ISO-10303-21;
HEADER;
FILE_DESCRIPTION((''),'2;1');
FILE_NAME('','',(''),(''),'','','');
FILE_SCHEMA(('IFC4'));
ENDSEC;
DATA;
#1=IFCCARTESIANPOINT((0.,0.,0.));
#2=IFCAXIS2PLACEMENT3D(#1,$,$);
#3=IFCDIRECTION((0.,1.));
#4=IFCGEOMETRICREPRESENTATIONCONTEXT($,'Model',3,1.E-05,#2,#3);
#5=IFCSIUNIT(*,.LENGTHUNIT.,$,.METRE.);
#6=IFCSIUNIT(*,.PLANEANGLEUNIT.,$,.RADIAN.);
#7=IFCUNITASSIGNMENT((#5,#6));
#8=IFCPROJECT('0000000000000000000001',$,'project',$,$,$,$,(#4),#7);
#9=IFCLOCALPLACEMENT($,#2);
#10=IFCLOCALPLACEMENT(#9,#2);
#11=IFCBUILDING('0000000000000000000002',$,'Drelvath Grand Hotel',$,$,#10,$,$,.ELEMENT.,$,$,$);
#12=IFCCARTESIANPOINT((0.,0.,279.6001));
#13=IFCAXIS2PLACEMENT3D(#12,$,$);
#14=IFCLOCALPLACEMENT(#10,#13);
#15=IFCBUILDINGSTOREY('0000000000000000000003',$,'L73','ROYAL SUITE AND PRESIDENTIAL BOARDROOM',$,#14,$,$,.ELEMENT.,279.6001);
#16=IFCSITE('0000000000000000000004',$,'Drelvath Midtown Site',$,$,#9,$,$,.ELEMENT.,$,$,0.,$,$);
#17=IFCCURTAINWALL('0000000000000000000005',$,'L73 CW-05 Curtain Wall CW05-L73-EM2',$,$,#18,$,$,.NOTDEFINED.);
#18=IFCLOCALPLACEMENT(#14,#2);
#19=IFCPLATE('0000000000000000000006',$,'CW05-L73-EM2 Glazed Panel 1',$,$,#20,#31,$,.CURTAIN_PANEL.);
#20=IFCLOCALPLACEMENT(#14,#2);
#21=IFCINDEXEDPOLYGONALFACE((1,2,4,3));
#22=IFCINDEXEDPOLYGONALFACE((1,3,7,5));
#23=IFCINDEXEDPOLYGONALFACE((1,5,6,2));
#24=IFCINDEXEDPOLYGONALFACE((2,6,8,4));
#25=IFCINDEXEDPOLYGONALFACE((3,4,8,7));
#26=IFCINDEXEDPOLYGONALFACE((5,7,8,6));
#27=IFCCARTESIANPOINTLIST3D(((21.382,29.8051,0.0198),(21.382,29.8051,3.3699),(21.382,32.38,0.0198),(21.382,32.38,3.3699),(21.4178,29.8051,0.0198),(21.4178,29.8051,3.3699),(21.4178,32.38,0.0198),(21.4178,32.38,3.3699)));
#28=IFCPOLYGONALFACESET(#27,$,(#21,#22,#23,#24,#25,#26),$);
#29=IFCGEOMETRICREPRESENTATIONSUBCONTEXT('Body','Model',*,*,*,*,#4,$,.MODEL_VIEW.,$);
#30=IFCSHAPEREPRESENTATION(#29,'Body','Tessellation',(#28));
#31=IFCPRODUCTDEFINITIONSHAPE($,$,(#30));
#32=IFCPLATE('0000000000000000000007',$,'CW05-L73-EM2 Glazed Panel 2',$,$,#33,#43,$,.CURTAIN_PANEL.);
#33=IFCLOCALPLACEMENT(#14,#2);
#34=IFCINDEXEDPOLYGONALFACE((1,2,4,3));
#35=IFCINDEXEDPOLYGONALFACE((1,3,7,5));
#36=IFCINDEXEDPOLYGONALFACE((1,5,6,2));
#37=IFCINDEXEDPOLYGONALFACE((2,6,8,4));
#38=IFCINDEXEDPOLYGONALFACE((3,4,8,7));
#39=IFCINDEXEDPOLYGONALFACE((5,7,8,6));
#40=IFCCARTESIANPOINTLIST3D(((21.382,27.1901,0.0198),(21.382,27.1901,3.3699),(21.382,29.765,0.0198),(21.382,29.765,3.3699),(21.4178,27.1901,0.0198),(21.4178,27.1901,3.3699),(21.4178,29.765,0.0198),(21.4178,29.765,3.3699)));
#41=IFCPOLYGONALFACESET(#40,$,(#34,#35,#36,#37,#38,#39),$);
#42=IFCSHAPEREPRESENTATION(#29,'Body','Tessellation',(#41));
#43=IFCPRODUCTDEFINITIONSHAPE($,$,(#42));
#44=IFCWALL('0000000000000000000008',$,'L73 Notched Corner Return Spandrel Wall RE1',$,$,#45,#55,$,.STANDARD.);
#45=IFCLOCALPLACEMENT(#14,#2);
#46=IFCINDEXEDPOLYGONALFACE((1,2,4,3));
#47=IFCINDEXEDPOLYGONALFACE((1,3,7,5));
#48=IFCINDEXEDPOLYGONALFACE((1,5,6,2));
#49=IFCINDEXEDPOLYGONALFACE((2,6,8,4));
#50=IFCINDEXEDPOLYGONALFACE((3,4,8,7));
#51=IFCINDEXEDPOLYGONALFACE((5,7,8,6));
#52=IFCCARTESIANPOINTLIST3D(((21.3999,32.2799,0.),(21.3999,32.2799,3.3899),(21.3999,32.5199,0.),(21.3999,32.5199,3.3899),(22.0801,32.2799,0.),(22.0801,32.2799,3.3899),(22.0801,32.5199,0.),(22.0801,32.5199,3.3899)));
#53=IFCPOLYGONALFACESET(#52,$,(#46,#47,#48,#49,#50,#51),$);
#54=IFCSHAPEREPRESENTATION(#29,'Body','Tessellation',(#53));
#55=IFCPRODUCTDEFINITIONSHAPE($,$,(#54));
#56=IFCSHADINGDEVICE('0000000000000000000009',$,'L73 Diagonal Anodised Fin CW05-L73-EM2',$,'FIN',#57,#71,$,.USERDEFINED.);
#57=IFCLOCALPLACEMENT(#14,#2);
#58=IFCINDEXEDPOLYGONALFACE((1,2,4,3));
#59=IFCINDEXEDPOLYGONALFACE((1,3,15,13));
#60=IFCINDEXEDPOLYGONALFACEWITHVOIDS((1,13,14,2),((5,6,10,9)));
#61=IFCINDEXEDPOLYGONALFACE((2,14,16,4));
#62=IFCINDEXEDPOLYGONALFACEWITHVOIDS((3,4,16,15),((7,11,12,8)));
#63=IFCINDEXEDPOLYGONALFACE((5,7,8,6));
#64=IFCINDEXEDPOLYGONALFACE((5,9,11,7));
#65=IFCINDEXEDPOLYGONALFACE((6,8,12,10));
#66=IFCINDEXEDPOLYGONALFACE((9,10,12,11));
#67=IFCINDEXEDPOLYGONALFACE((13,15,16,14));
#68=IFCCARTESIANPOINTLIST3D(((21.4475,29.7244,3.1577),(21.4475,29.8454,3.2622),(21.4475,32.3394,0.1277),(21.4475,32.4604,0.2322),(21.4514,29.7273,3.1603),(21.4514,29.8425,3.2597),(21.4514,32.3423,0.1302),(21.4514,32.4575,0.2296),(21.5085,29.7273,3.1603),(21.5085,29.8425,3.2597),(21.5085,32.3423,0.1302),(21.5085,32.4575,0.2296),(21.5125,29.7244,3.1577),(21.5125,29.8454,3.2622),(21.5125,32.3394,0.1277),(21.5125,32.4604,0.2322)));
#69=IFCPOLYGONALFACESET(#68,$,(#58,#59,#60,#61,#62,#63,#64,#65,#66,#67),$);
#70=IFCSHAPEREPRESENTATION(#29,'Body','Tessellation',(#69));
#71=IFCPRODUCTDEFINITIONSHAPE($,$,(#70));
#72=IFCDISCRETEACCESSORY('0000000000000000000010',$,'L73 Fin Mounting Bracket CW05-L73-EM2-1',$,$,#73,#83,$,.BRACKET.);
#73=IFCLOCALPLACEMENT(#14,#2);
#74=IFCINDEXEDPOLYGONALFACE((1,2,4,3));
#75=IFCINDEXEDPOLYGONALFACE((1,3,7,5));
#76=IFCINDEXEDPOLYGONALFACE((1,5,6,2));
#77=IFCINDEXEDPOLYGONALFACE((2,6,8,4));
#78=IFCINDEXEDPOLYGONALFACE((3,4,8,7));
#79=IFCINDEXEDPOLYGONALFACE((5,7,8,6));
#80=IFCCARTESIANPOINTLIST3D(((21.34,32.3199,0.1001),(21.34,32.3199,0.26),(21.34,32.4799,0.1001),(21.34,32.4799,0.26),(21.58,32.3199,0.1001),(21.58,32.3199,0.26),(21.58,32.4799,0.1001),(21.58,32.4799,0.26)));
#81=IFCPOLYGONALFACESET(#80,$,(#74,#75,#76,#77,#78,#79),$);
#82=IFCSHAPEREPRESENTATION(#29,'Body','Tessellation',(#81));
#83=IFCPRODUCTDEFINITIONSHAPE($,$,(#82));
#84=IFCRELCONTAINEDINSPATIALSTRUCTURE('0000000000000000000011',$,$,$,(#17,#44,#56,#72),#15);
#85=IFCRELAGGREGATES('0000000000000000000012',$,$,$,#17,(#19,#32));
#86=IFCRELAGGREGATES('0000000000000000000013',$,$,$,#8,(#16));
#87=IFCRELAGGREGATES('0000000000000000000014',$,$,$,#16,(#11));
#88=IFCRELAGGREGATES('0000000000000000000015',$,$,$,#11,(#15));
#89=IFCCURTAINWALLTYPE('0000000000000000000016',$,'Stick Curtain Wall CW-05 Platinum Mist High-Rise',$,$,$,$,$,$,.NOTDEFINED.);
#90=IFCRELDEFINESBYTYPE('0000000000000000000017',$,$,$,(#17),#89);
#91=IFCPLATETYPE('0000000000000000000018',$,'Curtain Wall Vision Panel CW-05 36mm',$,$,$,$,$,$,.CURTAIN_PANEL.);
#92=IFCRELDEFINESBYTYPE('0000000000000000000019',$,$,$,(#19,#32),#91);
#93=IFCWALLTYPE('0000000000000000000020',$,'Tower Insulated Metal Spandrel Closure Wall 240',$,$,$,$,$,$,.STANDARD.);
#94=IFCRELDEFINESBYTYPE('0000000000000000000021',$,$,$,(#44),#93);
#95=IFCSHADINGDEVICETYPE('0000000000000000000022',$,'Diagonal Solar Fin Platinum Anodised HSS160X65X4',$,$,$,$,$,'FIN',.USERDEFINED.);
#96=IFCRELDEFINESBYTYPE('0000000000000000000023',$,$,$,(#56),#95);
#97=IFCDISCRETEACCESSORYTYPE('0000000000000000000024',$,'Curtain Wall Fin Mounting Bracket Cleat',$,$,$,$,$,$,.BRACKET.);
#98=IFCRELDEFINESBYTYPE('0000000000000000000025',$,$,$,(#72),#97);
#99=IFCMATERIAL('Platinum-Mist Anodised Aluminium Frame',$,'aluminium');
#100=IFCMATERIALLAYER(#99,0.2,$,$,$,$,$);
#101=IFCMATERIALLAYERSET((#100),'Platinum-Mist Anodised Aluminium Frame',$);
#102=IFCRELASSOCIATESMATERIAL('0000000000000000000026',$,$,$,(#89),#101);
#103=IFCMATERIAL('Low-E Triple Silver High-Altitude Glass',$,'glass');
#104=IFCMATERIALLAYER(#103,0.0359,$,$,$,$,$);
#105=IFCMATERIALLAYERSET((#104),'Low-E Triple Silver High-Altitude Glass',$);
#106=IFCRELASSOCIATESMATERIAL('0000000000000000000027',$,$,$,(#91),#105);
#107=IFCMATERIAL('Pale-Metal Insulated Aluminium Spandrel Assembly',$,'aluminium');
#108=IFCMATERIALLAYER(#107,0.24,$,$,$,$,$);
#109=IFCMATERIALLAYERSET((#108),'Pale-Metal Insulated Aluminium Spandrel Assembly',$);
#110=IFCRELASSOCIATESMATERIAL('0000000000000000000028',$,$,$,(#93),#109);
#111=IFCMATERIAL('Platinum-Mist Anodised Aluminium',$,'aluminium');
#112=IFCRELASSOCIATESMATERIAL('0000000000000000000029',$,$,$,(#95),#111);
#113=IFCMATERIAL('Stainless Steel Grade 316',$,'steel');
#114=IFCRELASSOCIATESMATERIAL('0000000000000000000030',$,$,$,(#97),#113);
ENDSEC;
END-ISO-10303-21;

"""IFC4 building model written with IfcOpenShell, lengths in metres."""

from ifc_helpers import new_model, si_unit, direction, frame, frame_2d, origin, origin_2d, place, context, subcontext, project, spatial, rectangle, hollow_rectangle, extrude, material, layer, layer_set, material_profile, profile_set, type_object, element, aggregate, save


model = new_model("IFC4")

# Units and contexts
model_context = context("Model", 3, precision=1e-05, world=origin(), true_north=direction((0.0, 1.0)))
body_context = subcontext(model_context, "Body", "Model", "MODEL_VIEW")
ifc_project = project(units=[si_unit("LENGTHUNIT", "METRE"), si_unit("PLANEANGLEUNIT", "RADIAN")], contexts=[model_context])

# Site, building, storey
site_placement = place(None, origin())
site = spatial("IfcSite", under=ifc_project, at=site_placement, Name="Drelvath Midtown Site", CompositionType="ELEMENT", RefElevation=0.0)
building_placement = place(site_placement, origin())
building = spatial("IfcBuilding", under=site, at=building_placement, Name="Drelvath Grand Hotel", CompositionType="ELEMENT")
storey_placement = place(building_placement, frame((0.0, 0.0, 279.6001)))
storey = spatial("IfcBuildingStorey", under=building, at=storey_placement, Name="L73", Description="ROYAL SUITE AND PRESIDENTIAL BOARDROOM", CompositionType="ELEMENT", Elevation=279.6001)

# Curtain wall
ifc_material_1 = material(Name="Platinum-Mist Anodised Aluminium Frame", Category="aluminium")
ifc_layer_1 = layer(ifc_material_1, 0.2)
ifc_layer_set_1 = layer_set([ifc_layer_1], Name="Platinum-Mist Anodised Aluminium Frame")
curtain_wall_type = type_object("IfcCurtainWallType", Name="Stick Curtain Wall CW-05 Platinum Mist High-Rise", PredefinedType="NOTDEFINED", material=ifc_layer_set_1)
curtain_wall_1_placement = place(storey_placement, origin())
curtain_wall_1 = element("IfcCurtainWall", 1, at=curtain_wall_1_placement, inside=storey, type_object=curtain_wall_type, Name="L73 CW-05 Curtain Wall CW05-L73-EM2", PredefinedType="NOTDEFINED")

# Plates
ifc_material_2 = material(Name="Low-E Triple Silver High-Altitude Glass", Category="glass")
ifc_layer_2 = layer(ifc_material_2, 0.0359)
ifc_layer_set_2 = layer_set([ifc_layer_2], Name="Low-E Triple Silver High-Altitude Glass")
plate_type = type_object("IfcPlateType", Name="Curtain Wall Vision Panel CW-05 36mm", PredefinedType="CURTAIN_PANEL", material=ifc_layer_set_2)
plate_1_placement = place(storey_placement, frame((21.3999, 31.0925, 0.0198), z_axis=(0.0, 0.0, 1.0), x_axis=(0.0, -1.0, 0.0)))
plate_1 = element("IfcPlate", 2, at=plate_1_placement, type_object=plate_type, Name="CW05-L73-EM2 Glazed Panel 1", PredefinedType="CURTAIN_PANEL", context=body_context, shape_type="SweptSolid", body=[
    extrude(rectangle(XDim=2.575, YDim=0.0359, at=origin_2d()), origin(), (0.0, 0.0, 1.0), 3.3501),
])
plate_2_placement = place(storey_placement, frame((21.3999, 28.4775, 0.0198), z_axis=(0.0, 0.0, 1.0), x_axis=(0.0, -1.0, 0.0)))
plate_2 = element("IfcPlate", 3, at=plate_2_placement, type_object=plate_type, Name="CW05-L73-EM2 Glazed Panel 2", PredefinedType="CURTAIN_PANEL", context=body_context, shape_type="SweptSolid", body=[
    extrude(rectangle(XDim=2.575, YDim=0.0359, at=origin_2d()), origin(), (0.0, 0.0, 1.0), 3.3501),
])
aggregate(curtain_wall_1, [plate_1, plate_2])

# Wall
ifc_material_3 = material(Name="Pale-Metal Insulated Aluminium Spandrel Assembly", Category="aluminium")
ifc_layer_3 = layer(ifc_material_3, 0.24)
ifc_layer_set_3 = layer_set([ifc_layer_3], Name="Pale-Metal Insulated Aluminium Spandrel Assembly")
wall_type = type_object("IfcWallType", Name="Tower Insulated Metal Spandrel Closure Wall 240", PredefinedType="STANDARD", material=ifc_layer_set_3)
wall_placement = place(storey_placement, frame((22.0801, 32.3999, 0.0), z_axis=(0.0, 0.0, 1.0), x_axis=(-1.0, 0.0, 0.0)))
element("IfcWall", 4, at=wall_placement, inside=storey, type_object=wall_type, Name="L73 Notched Corner Return Spandrel Wall RE1", PredefinedType="STANDARD", context=body_context, shape_type="SweptSolid", body=[
    extrude(rectangle(XDim=0.6802, YDim=0.24, at=frame_2d((0.3401, 0.0))), origin(), (0.0, 0.0, 1.0), 3.3899),
])

# Shading device
ifc_material_4 = material(Name="Platinum-Mist Anodised Aluminium", Category="aluminium")
ifc_material_profile_1 = material_profile(ifc_material_4, hollow_rectangle(XDim=0.0649, YDim=0.1599, WallThickness=0.0039, at=origin_2d()), Name="HSS160X65X4")
ifc_profile_set_1 = profile_set([ifc_material_profile_1], Name="Platinum-Mist Anodised Aluminium")
shading_device_type = type_object("IfcShadingDeviceType", Name="Diagonal Solar Fin Platinum Anodised HSS160X65X4", ElementType="FIN", PredefinedType="USERDEFINED", material=ifc_profile_set_1)
shading_device_placement = place(storey_placement, frame((21.48, 32.3999, 0.1799), z_axis=(0.0, -0.653355, 0.757052), x_axis=(1.0, 0.0, 0.0)))
element("IfcShadingDevice", 5, at=shading_device_placement, inside=storey, type_object=shading_device_type, Name="L73 Diagonal Anodised Fin CW05-L73-EM2", ObjectType="FIN", PredefinedType="USERDEFINED", context=body_context, shape_type="SweptSolid", body=[
    extrude(hollow_rectangle(XDim=0.0649, YDim=0.1599, WallThickness=0.0039, at=origin_2d()), origin(), (0.0, 0.0, 1.0), 4.0024),
])

# Discrete accessory
ifc_material_5 = material(Name="Stainless Steel Grade 316", Category="steel")
discrete_accessory_type = type_object("IfcDiscreteAccessoryType", Name="Curtain Wall Fin Mounting Bracket Cleat", PredefinedType="BRACKET", material=ifc_material_5)
discrete_accessory_placement = place(storey_placement, frame((21.46, 32.3999, 0.1001), z_axis=(0.0, 0.0, 1.0), x_axis=(0.0, -1.0, 0.0)))
element("IfcDiscreteAccessory", 6, at=discrete_accessory_placement, inside=storey, type_object=discrete_accessory_type, Name="L73 Fin Mounting Bracket CW05-L73-EM2-1", PredefinedType="BRACKET", context=body_context, shape_type="SweptSolid", body=[
    extrude(rectangle(XDim=0.1599, YDim=0.24, at=origin_2d()), origin(), (0.0, 0.0, 1.0), 0.1599),
])

save(model, "model.ifc")
